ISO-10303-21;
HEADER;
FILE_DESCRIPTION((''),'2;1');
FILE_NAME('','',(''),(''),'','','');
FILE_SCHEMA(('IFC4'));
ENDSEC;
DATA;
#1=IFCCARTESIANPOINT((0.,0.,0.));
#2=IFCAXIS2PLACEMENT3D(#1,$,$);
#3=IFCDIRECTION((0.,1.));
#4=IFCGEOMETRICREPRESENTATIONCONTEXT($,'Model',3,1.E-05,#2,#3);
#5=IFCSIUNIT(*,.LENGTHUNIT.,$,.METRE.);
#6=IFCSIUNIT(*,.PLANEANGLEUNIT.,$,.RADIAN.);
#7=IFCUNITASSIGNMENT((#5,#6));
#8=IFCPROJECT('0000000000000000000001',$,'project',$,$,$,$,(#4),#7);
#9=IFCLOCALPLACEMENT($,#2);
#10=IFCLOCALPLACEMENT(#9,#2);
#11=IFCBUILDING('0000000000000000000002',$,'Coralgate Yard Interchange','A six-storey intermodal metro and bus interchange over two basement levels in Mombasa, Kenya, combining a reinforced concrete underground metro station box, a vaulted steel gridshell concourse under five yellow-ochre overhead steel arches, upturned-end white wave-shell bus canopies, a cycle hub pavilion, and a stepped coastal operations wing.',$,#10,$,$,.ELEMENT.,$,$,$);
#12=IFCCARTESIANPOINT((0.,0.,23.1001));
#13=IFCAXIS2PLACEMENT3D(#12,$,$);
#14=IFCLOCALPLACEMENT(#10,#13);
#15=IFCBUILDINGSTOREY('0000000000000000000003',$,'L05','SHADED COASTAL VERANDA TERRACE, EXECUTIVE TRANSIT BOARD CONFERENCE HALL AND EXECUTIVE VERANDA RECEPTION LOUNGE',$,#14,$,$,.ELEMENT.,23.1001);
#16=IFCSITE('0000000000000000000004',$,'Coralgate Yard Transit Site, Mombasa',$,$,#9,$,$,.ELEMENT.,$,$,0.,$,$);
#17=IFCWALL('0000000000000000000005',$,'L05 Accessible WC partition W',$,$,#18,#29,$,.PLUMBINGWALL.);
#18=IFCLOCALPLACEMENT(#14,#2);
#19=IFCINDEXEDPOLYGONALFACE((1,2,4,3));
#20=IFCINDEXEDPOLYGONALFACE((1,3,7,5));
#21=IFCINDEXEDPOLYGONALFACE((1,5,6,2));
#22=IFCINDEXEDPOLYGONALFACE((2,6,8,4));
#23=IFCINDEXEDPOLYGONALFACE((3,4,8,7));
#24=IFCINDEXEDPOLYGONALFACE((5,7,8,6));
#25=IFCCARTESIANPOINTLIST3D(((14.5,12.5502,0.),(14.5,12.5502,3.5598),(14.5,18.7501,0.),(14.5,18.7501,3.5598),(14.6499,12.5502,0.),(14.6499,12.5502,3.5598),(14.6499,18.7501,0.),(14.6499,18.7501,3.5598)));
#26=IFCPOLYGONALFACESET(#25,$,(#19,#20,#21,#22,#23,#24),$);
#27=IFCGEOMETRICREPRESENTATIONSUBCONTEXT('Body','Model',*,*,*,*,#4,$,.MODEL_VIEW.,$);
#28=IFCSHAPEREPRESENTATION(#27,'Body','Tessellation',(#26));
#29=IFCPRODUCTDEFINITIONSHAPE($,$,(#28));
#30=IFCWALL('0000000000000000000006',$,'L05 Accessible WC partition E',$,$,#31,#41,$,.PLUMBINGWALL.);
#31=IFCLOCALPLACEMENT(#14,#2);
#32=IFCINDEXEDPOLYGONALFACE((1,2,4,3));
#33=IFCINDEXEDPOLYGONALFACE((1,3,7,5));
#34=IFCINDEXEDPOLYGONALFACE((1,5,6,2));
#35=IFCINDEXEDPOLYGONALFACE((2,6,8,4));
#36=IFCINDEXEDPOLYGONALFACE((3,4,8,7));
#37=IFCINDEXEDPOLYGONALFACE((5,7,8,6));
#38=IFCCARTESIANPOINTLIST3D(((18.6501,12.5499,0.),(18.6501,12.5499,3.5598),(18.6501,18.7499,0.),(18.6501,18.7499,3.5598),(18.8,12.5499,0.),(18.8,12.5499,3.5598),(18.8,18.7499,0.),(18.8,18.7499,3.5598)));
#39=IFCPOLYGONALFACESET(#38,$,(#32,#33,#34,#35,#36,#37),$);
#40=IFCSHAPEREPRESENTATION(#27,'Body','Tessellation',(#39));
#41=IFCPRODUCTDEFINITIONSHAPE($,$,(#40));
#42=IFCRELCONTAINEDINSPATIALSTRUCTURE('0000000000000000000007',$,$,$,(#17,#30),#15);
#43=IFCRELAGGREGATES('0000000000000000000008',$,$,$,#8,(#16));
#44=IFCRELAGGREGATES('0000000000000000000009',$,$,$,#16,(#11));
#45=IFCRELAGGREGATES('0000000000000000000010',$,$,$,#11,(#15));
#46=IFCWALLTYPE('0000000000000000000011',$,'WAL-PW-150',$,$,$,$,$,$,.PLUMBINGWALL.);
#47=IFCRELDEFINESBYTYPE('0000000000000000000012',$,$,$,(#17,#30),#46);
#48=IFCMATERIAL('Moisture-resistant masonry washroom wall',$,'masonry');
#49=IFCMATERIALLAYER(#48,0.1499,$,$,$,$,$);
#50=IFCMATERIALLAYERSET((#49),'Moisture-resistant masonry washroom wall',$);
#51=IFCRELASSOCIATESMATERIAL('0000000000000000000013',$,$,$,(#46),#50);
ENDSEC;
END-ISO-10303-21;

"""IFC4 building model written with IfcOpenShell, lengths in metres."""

from ifc_helpers import new_model, si_unit, direction, frame, frame_2d, origin, place, context, subcontext, project, spatial, rectangle, extrude, material, layer, layer_set, type_object, element, save


model = new_model("IFC4")

# Units and contexts
model_context = context("Model", 3, precision=1e-05, world=origin(), true_north=direction((0.0, 1.0)))
body_context = subcontext(model_context, "Body", "Model", "MODEL_VIEW")
ifc_project = project(units=[si_unit("LENGTHUNIT", "METRE"), si_unit("PLANEANGLEUNIT", "RADIAN")], contexts=[model_context])

# Site, building, storey
site_placement = place(None, origin())
site = spatial("IfcSite", under=ifc_project, at=site_placement, Name="Coralgate Yard Transit Site, Mombasa", CompositionType="ELEMENT", RefElevation=0.0)
building_placement = place(site_placement, origin())
building = spatial("IfcBuilding", under=site, at=building_placement, Name="Coralgate Yard Interchange", Description="A six-storey intermodal metro and bus interchange over two basement levels in Mombasa, Kenya, combining a reinforced concrete underground metro station box, a vaulted steel gridshell concourse under five yellow-ochre overhead steel arches, upturned-end white wave-shell bus canopies, a cycle hub pavilion, and a stepped coastal operations wing.", CompositionType="ELEMENT")
storey_placement = place(building_placement, frame((0.0, 0.0, 23.1001)))
storey = spatial("IfcBuildingStorey", under=building, at=storey_placement, Name="L05", Description="SHADED COASTAL VERANDA TERRACE, EXECUTIVE TRANSIT BOARD CONFERENCE HALL AND EXECUTIVE VERANDA RECEPTION LOUNGE", CompositionType="ELEMENT", Elevation=23.1001)

# Shared definitions
ifc_material_1 = material(Name="Moisture-resistant masonry washroom wall", Category="masonry")
ifc_layer_1 = layer(ifc_material_1, 0.1499)
ifc_layer_set_1 = layer_set([ifc_layer_1], Name="Moisture-resistant masonry washroom wall")
wall_type_1 = type_object("IfcWallType", Name="WAL-PW-150", PredefinedType="PLUMBINGWALL", material=ifc_layer_set_1)

# Walls
for number, where, z_axis, x_axis, name in (
    (1, (14.575, 12.55, 0.0), (0.0, 0.0, 1.0), (0.0, 1.0, 0.0), "L05 Accessible WC partition W"),
    (2, (18.7251, 18.75, 0.0), (0.0, 0.0, 1.0), (0.0, -1.0, 0.0), "L05 Accessible WC partition E"),
):
    element("IfcWall", number, at=place(storey_placement, frame(where, z_axis=z_axis, x_axis=x_axis)), inside=storey, type_object=wall_type_1, Name=name, PredefinedType="PLUMBINGWALL", context=body_context, shape_type="SweptSolid", body=[
        extrude(rectangle(XDim=6.2, YDim=0.1499, at=frame_2d((3.1001, 0.0))), origin(), (0.0, 0.0, 1.0), 3.5598),
    ])

save(model, "model.ifc")
